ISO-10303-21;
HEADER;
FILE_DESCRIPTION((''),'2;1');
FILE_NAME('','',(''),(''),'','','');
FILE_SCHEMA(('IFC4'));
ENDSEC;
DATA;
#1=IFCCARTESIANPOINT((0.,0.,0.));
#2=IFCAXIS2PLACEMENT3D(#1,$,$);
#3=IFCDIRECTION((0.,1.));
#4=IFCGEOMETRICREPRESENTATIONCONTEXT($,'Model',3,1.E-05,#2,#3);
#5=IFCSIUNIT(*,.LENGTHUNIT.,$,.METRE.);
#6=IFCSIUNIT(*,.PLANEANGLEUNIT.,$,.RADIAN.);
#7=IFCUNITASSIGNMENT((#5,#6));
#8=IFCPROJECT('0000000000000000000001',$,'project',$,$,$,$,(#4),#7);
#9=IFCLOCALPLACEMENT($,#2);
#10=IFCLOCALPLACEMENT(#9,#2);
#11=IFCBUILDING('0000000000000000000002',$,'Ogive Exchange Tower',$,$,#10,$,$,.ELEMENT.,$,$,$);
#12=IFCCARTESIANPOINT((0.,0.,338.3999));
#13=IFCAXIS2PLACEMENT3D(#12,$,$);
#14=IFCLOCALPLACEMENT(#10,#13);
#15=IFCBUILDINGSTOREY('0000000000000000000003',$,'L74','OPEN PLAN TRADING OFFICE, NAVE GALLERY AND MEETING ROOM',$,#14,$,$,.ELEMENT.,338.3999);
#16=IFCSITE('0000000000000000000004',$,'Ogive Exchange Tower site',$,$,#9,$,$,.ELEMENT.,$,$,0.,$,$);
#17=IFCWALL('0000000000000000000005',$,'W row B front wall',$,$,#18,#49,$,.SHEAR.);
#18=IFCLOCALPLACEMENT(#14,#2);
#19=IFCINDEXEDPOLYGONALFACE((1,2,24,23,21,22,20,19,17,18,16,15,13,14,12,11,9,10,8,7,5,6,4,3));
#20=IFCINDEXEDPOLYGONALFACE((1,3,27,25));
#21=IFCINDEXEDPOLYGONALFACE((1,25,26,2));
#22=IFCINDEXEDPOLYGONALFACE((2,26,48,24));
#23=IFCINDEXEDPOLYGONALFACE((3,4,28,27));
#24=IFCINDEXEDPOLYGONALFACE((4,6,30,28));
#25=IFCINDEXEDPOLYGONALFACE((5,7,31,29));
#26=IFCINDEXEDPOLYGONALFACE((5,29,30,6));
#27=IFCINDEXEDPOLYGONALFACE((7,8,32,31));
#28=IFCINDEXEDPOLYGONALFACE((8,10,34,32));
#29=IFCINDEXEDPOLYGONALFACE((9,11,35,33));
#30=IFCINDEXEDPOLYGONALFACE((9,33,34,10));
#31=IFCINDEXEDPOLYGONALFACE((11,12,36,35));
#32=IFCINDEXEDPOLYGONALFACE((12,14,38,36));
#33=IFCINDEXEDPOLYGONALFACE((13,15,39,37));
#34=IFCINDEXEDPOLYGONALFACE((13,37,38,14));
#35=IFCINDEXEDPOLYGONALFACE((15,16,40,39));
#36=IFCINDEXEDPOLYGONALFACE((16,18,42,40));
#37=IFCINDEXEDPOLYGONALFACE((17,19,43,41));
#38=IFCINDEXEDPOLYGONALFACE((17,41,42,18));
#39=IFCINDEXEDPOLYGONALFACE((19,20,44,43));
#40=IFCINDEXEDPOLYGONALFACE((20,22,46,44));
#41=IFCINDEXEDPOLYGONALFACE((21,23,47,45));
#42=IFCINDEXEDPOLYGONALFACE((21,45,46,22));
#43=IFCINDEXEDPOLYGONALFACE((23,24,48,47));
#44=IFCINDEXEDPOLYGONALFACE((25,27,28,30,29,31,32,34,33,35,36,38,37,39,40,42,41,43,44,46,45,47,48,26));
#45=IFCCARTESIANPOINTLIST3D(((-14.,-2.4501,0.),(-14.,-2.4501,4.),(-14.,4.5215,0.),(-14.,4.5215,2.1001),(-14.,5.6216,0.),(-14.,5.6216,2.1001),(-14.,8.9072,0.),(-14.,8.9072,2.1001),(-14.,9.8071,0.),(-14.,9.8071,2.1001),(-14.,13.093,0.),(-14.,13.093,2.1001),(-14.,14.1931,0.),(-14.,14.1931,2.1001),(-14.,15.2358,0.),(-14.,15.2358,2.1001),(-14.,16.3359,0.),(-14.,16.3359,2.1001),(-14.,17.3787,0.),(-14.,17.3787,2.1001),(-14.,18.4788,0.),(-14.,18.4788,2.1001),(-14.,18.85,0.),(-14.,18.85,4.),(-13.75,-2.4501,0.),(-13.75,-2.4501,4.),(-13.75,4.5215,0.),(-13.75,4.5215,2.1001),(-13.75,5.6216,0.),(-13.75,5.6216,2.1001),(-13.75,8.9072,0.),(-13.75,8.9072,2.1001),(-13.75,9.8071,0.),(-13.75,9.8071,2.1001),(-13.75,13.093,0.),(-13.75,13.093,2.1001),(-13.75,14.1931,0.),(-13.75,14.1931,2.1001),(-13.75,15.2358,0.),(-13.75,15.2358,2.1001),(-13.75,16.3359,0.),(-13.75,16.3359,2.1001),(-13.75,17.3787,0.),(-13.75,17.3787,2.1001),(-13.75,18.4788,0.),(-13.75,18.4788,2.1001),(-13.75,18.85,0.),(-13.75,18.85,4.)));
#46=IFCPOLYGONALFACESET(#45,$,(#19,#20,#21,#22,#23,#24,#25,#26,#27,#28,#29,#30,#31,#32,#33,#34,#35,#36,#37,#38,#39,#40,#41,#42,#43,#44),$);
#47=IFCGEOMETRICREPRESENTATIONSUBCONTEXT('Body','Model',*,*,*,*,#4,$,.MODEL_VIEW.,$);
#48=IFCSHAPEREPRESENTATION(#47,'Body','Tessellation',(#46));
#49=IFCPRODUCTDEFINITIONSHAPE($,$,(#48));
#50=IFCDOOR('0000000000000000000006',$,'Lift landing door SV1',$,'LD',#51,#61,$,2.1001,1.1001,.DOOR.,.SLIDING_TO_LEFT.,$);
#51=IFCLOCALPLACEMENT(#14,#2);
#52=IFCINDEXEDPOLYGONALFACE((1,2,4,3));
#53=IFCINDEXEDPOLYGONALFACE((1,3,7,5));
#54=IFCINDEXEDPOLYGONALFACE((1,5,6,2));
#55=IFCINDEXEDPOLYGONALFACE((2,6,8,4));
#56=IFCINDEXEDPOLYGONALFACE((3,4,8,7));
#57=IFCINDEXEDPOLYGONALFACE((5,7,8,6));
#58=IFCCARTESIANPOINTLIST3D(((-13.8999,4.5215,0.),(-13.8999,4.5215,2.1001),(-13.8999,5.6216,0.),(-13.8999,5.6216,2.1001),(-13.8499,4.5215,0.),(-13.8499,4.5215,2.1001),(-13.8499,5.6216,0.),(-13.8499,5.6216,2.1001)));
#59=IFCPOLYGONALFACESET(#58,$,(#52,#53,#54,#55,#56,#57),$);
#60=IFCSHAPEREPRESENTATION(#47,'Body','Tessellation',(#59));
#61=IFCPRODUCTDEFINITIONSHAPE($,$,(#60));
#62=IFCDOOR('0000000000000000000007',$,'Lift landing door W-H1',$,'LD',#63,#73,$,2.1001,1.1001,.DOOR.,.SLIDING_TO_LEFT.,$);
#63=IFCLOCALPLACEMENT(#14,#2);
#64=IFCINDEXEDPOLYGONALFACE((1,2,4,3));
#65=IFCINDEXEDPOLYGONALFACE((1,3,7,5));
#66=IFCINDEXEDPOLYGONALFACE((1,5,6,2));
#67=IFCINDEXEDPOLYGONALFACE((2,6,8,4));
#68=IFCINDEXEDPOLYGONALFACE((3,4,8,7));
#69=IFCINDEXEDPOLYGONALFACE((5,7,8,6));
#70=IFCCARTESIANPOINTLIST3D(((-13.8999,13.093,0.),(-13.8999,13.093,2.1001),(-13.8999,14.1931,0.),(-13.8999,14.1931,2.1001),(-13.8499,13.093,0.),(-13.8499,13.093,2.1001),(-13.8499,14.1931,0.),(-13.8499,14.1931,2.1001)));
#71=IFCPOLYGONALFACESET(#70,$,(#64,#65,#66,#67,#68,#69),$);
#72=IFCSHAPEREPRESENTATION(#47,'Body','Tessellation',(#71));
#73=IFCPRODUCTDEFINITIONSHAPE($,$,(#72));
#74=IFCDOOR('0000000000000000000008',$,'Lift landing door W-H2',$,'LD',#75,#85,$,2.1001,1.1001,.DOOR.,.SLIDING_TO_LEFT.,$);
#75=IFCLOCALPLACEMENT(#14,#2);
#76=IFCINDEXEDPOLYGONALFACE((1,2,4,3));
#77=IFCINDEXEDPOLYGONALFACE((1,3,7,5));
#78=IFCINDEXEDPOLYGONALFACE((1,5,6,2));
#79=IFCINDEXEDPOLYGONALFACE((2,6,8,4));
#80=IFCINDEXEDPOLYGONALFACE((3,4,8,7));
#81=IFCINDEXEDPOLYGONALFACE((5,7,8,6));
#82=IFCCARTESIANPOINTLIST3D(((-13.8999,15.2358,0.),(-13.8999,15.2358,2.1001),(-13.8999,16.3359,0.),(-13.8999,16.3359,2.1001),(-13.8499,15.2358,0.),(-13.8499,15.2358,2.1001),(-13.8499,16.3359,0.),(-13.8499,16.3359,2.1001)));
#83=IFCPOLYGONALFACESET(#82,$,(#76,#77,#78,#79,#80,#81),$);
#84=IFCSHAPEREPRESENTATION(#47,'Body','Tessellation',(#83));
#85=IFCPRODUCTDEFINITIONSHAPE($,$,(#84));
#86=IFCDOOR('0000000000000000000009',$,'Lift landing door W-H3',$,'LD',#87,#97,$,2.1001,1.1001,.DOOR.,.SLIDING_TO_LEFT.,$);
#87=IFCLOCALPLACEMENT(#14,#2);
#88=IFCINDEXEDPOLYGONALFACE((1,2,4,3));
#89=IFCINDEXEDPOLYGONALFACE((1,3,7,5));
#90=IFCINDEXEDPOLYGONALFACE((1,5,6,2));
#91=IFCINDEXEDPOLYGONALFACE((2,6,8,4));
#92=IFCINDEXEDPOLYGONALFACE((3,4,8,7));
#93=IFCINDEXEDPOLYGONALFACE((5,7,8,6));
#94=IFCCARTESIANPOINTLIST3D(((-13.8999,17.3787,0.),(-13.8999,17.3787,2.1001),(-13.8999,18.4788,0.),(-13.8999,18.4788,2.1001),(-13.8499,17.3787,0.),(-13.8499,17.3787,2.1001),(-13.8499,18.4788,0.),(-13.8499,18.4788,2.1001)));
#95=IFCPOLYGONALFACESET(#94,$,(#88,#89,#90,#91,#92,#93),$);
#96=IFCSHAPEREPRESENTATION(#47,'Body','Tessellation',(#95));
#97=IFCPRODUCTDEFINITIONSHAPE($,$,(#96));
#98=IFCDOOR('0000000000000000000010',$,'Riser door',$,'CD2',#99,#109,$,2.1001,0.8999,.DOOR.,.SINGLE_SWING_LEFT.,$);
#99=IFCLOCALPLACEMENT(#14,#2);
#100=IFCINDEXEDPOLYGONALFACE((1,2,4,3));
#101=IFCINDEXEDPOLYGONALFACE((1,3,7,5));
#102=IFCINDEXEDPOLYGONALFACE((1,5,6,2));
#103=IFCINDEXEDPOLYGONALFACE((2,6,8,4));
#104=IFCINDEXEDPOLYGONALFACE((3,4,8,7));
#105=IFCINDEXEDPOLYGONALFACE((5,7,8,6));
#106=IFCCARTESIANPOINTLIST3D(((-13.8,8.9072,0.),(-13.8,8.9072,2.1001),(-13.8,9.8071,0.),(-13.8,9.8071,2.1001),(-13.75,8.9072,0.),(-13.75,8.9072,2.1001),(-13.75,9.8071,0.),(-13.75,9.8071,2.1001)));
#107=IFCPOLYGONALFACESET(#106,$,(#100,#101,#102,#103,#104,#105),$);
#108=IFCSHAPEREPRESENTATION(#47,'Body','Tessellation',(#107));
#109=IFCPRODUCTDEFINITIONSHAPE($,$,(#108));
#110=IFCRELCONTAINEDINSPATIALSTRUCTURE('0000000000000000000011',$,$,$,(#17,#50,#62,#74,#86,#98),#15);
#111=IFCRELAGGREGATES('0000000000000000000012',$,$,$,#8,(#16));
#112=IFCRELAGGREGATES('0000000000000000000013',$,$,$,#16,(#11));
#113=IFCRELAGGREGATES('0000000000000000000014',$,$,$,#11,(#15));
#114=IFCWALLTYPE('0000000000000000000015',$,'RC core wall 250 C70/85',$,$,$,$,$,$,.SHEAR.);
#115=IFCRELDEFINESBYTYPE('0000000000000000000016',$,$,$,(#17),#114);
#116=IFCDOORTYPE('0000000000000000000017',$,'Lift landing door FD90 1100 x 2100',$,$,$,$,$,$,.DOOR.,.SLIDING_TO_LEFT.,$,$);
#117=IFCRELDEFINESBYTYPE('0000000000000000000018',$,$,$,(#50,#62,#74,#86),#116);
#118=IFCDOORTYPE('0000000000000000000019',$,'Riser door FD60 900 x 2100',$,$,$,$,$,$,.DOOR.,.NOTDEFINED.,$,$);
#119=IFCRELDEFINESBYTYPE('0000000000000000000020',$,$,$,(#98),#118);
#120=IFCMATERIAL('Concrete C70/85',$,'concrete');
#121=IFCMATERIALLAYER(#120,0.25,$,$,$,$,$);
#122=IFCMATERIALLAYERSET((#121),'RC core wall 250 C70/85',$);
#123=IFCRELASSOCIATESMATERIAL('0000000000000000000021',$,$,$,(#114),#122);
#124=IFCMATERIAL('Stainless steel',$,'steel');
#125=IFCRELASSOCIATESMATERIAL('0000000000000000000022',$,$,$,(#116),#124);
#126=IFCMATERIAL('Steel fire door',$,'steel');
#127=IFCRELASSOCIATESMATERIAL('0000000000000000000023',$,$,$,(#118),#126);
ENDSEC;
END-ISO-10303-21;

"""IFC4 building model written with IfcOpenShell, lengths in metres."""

from ifc_helpers import new_model, si_unit, direction, frame, frame_2d, origin, place, context, subcontext, project, spatial, rectangle, extrude, material, layer, layer_set, type_object, element, fill, save


model = new_model("IFC4")

# Units and contexts
model_context = context("Model", 3, precision=1e-05, world=origin(), true_north=direction((0.0, 1.0)))
body_context = subcontext(model_context, "Body", "Model", "MODEL_VIEW")
ifc_project = project(units=[si_unit("LENGTHUNIT", "METRE"), si_unit("PLANEANGLEUNIT", "RADIAN")], contexts=[model_context])

# Site, building, storey
site_placement = place(None, origin())
site = spatial("IfcSite", under=ifc_project, at=site_placement, Name="Ogive Exchange Tower site", CompositionType="ELEMENT", RefElevation=0.0)
building_placement = place(site_placement, origin())
building = spatial("IfcBuilding", under=site, at=building_placement, Name="Ogive Exchange Tower", CompositionType="ELEMENT")
storey_placement = place(building_placement, frame((0.0, 0.0, 338.3999)))
storey = spatial("IfcBuildingStorey", under=building, at=storey_placement, Name="L74", Description="OPEN PLAN TRADING OFFICE, NAVE GALLERY AND MEETING ROOM", CompositionType="ELEMENT", Elevation=338.3999)

# Shared definitions
ifc_material_1 = material(Name="Concrete C70/85", Category="concrete")
ifc_layer_1 = layer(ifc_material_1, 0.25)
ifc_layer_set_1 = layer_set([ifc_layer_1], Name="RC core wall 250 C70/85")
wall_type_1 = type_object("IfcWallType", Name="RC core wall 250 C70/85", PredefinedType="SHEAR", material=ifc_layer_set_1)
ifc_material_2 = material(Name="Steel fire door", Category="steel")

# Wall, openings, doors
wall_1_placement = place(storey_placement, frame((-13.875, -2.45, 0.0), z_axis=(0.0, 0.0, 1.0), x_axis=(0.0, 1.0, 0.0)))
wall_1 = element("IfcWall", 1, at=wall_1_placement, inside=storey, type_object=wall_type_1, Name="W row B front wall", PredefinedType="SHEAR", context=body_context, shape_type="SweptSolid", body=[
    extrude(rectangle(XDim=21.3, YDim=0.25, at=frame_2d((10.6499, 0.0))), origin(), (0.0, 0.0, 1.0), 4.0),
])
opening_1_placement = place(wall_1_placement, frame((11.3572, 0.0, 0.0)))
opening_1 = element("IfcOpeningElement", 2, at=opening_1_placement, cuts=wall_1, PredefinedType="OPENING", context=body_context, shape_type="SweptSolid", body=[
    extrude(rectangle(XDim=0.8999, YDim=2.1001, at=frame_2d((0.45, 1.05))), frame((0.0, 0.135, 0.0), z_axis=(0.0, -1.0, 0.0), x_axis=(1.0, 0.0, 0.0)), (0.0, 0.0, 1.0), 0.27),
])
opening_2_placement = place(wall_1_placement, frame((6.9714, 0.0, 0.0)))
opening_2 = element("IfcOpeningElement", 3, at=opening_2_placement, cuts=wall_1, PredefinedType="OPENING", context=body_context, shape_type="SweptSolid", body=[
    extrude(rectangle(XDim=1.1001, YDim=2.1001, at=frame_2d((0.55, 1.05))), frame((0.0, 0.135, 0.0), z_axis=(0.0, -1.0, 0.0), x_axis=(1.0, 0.0, 0.0)), (0.0, 0.0, 1.0), 0.27),
])
opening_3_placement = place(wall_1_placement, frame((15.543, 0.0, 0.0)))
opening_3 = element("IfcOpeningElement", 4, at=opening_3_placement, cuts=wall_1, PredefinedType="OPENING", context=body_context, shape_type="SweptSolid", body=[
    extrude(rectangle(XDim=1.1001, YDim=2.1001, at=frame_2d((0.55, 1.05))), frame((0.0, 0.135, 0.0), z_axis=(0.0, -1.0, 0.0), x_axis=(1.0, 0.0, 0.0)), (0.0, 0.0, 1.0), 0.27),
])
opening_4_placement = place(wall_1_placement, frame((17.6858, 0.0, 0.0)))
opening_4 = element("IfcOpeningElement", 5, at=opening_4_placement, cuts=wall_1, PredefinedType="OPENING", context=body_context, shape_type="SweptSolid", body=[
    extrude(rectangle(XDim=1.1001, YDim=2.1001, at=frame_2d((0.55, 1.05))), frame((0.0, 0.135, 0.0), z_axis=(0.0, -1.0, 0.0), x_axis=(1.0, 0.0, 0.0)), (0.0, 0.0, 1.0), 0.27),
])
opening_5_placement = place(wall_1_placement, frame((19.8286, 0.0, 0.0)))
opening_5 = element("IfcOpeningElement", 6, at=opening_5_placement, cuts=wall_1, PredefinedType="OPENING", context=body_context, shape_type="SweptSolid", body=[
    extrude(rectangle(XDim=1.1001, YDim=2.1001, at=frame_2d((0.55, 1.05))), frame((0.0, 0.135, 0.0), z_axis=(0.0, -1.0, 0.0), x_axis=(1.0, 0.0, 0.0)), (0.0, 0.0, 1.0), 0.27),
])
ifc_material_3 = material(Name="Stainless steel", Category="steel")
door_type_1 = type_object("IfcDoorType", Name="Lift landing door FD90 1100 x 2100", OperationType="SLIDING_TO_LEFT", PredefinedType="DOOR", material=ifc_material_3)
door_1_placement = place(opening_2_placement, origin())
door_1 = element("IfcDoor", 7, at=door_1_placement, inside=storey, type_object=door_type_1, Name="Lift landing door SV1", ObjectType="LD", OperationType="SLIDING_TO_LEFT", OverallHeight=2.1001, OverallWidth=1.1001, PredefinedType="DOOR", context=body_context, shape_type="SweptSolid", body=[
    extrude(rectangle(XDim=1.1001, YDim=2.1001, at=frame_2d((0.55, 1.05))), frame((0.0, 0.0249, 0.0), z_axis=(0.0, -1.0, 0.0), x_axis=(1.0, 0.0, 0.0)), (0.0, 0.0, 1.0), 0.05),
])
fill(opening_2, door_1)
door_2_placement = place(opening_3_placement, origin())
door_2 = element("IfcDoor", 8, at=door_2_placement, inside=storey, type_object=door_type_1, Name="Lift landing door W-H1", ObjectType="LD", OperationType="SLIDING_TO_LEFT", OverallHeight=2.1001, OverallWidth=1.1001, PredefinedType="DOOR", context=body_context, shape_type="SweptSolid", body=[
    extrude(rectangle(XDim=1.1001, YDim=2.1001, at=frame_2d((0.55, 1.05))), frame((0.0, 0.0249, 0.0), z_axis=(0.0, -1.0, 0.0), x_axis=(1.0, 0.0, 0.0)), (0.0, 0.0, 1.0), 0.05),
])
fill(opening_3, door_2)
door_3_placement = place(opening_4_placement, origin())
door_3 = element("IfcDoor", 9, at=door_3_placement, inside=storey, type_object=door_type_1, Name="Lift landing door W-H2", ObjectType="LD", OperationType="SLIDING_TO_LEFT", OverallHeight=2.1001, OverallWidth=1.1001, PredefinedType="DOOR", context=body_context, shape_type="SweptSolid", body=[
    extrude(rectangle(XDim=1.1001, YDim=2.1001, at=frame_2d((0.55, 1.05))), frame((0.0, 0.0249, 0.0), z_axis=(0.0, -1.0, 0.0), x_axis=(1.0, 0.0, 0.0)), (0.0, 0.0, 1.0), 0.05),
])
fill(opening_4, door_3)
door_4_placement = place(opening_5_placement, origin())
door_4 = element("IfcDoor", 10, at=door_4_placement, inside=storey, type_object=door_type_1, Name="Lift landing door W-H3", ObjectType="LD", OperationType="SLIDING_TO_LEFT", OverallHeight=2.1001, OverallWidth=1.1001, PredefinedType="DOOR", context=body_context, shape_type="SweptSolid", body=[
    extrude(rectangle(XDim=1.1001, YDim=2.1001, at=frame_2d((0.55, 1.05))), frame((0.0, 0.0249, 0.0), z_axis=(0.0, -1.0, 0.0), x_axis=(1.0, 0.0, 0.0)), (0.0, 0.0, 1.0), 0.05),
])
fill(opening_5, door_4)
door_type_2 = type_object("IfcDoorType", Name="Riser door FD60 900 x 2100", OperationType="NOTDEFINED", PredefinedType="DOOR", material=ifc_material_2)
door_5_placement = place(opening_1_placement, frame((0.8999, -0.2002, 0.0), z_axis=(0.0, 0.0, 1.0), x_axis=(-1.0, 0.0, 0.0)))
door_5 = element("IfcDoor", 11, at=door_5_placement, inside=storey, type_object=door_type_2, Name="Riser door", ObjectType="CD2", OperationType="SINGLE_SWING_LEFT", OverallHeight=2.1001, OverallWidth=0.8999, PredefinedType="DOOR", context=body_context, shape_type="SweptSolid", body=[
    extrude(rectangle(XDim=0.8999, YDim=2.1001, at=frame_2d((0.45, 1.05))), frame((0.0, -0.0752, 0.0), z_axis=(0.0, -1.0, 0.0), x_axis=(1.0, 0.0, 0.0)), (0.0, 0.0, 1.0), 0.05),
])
fill(opening_1, door_5)

save(model, "model.ifc")
